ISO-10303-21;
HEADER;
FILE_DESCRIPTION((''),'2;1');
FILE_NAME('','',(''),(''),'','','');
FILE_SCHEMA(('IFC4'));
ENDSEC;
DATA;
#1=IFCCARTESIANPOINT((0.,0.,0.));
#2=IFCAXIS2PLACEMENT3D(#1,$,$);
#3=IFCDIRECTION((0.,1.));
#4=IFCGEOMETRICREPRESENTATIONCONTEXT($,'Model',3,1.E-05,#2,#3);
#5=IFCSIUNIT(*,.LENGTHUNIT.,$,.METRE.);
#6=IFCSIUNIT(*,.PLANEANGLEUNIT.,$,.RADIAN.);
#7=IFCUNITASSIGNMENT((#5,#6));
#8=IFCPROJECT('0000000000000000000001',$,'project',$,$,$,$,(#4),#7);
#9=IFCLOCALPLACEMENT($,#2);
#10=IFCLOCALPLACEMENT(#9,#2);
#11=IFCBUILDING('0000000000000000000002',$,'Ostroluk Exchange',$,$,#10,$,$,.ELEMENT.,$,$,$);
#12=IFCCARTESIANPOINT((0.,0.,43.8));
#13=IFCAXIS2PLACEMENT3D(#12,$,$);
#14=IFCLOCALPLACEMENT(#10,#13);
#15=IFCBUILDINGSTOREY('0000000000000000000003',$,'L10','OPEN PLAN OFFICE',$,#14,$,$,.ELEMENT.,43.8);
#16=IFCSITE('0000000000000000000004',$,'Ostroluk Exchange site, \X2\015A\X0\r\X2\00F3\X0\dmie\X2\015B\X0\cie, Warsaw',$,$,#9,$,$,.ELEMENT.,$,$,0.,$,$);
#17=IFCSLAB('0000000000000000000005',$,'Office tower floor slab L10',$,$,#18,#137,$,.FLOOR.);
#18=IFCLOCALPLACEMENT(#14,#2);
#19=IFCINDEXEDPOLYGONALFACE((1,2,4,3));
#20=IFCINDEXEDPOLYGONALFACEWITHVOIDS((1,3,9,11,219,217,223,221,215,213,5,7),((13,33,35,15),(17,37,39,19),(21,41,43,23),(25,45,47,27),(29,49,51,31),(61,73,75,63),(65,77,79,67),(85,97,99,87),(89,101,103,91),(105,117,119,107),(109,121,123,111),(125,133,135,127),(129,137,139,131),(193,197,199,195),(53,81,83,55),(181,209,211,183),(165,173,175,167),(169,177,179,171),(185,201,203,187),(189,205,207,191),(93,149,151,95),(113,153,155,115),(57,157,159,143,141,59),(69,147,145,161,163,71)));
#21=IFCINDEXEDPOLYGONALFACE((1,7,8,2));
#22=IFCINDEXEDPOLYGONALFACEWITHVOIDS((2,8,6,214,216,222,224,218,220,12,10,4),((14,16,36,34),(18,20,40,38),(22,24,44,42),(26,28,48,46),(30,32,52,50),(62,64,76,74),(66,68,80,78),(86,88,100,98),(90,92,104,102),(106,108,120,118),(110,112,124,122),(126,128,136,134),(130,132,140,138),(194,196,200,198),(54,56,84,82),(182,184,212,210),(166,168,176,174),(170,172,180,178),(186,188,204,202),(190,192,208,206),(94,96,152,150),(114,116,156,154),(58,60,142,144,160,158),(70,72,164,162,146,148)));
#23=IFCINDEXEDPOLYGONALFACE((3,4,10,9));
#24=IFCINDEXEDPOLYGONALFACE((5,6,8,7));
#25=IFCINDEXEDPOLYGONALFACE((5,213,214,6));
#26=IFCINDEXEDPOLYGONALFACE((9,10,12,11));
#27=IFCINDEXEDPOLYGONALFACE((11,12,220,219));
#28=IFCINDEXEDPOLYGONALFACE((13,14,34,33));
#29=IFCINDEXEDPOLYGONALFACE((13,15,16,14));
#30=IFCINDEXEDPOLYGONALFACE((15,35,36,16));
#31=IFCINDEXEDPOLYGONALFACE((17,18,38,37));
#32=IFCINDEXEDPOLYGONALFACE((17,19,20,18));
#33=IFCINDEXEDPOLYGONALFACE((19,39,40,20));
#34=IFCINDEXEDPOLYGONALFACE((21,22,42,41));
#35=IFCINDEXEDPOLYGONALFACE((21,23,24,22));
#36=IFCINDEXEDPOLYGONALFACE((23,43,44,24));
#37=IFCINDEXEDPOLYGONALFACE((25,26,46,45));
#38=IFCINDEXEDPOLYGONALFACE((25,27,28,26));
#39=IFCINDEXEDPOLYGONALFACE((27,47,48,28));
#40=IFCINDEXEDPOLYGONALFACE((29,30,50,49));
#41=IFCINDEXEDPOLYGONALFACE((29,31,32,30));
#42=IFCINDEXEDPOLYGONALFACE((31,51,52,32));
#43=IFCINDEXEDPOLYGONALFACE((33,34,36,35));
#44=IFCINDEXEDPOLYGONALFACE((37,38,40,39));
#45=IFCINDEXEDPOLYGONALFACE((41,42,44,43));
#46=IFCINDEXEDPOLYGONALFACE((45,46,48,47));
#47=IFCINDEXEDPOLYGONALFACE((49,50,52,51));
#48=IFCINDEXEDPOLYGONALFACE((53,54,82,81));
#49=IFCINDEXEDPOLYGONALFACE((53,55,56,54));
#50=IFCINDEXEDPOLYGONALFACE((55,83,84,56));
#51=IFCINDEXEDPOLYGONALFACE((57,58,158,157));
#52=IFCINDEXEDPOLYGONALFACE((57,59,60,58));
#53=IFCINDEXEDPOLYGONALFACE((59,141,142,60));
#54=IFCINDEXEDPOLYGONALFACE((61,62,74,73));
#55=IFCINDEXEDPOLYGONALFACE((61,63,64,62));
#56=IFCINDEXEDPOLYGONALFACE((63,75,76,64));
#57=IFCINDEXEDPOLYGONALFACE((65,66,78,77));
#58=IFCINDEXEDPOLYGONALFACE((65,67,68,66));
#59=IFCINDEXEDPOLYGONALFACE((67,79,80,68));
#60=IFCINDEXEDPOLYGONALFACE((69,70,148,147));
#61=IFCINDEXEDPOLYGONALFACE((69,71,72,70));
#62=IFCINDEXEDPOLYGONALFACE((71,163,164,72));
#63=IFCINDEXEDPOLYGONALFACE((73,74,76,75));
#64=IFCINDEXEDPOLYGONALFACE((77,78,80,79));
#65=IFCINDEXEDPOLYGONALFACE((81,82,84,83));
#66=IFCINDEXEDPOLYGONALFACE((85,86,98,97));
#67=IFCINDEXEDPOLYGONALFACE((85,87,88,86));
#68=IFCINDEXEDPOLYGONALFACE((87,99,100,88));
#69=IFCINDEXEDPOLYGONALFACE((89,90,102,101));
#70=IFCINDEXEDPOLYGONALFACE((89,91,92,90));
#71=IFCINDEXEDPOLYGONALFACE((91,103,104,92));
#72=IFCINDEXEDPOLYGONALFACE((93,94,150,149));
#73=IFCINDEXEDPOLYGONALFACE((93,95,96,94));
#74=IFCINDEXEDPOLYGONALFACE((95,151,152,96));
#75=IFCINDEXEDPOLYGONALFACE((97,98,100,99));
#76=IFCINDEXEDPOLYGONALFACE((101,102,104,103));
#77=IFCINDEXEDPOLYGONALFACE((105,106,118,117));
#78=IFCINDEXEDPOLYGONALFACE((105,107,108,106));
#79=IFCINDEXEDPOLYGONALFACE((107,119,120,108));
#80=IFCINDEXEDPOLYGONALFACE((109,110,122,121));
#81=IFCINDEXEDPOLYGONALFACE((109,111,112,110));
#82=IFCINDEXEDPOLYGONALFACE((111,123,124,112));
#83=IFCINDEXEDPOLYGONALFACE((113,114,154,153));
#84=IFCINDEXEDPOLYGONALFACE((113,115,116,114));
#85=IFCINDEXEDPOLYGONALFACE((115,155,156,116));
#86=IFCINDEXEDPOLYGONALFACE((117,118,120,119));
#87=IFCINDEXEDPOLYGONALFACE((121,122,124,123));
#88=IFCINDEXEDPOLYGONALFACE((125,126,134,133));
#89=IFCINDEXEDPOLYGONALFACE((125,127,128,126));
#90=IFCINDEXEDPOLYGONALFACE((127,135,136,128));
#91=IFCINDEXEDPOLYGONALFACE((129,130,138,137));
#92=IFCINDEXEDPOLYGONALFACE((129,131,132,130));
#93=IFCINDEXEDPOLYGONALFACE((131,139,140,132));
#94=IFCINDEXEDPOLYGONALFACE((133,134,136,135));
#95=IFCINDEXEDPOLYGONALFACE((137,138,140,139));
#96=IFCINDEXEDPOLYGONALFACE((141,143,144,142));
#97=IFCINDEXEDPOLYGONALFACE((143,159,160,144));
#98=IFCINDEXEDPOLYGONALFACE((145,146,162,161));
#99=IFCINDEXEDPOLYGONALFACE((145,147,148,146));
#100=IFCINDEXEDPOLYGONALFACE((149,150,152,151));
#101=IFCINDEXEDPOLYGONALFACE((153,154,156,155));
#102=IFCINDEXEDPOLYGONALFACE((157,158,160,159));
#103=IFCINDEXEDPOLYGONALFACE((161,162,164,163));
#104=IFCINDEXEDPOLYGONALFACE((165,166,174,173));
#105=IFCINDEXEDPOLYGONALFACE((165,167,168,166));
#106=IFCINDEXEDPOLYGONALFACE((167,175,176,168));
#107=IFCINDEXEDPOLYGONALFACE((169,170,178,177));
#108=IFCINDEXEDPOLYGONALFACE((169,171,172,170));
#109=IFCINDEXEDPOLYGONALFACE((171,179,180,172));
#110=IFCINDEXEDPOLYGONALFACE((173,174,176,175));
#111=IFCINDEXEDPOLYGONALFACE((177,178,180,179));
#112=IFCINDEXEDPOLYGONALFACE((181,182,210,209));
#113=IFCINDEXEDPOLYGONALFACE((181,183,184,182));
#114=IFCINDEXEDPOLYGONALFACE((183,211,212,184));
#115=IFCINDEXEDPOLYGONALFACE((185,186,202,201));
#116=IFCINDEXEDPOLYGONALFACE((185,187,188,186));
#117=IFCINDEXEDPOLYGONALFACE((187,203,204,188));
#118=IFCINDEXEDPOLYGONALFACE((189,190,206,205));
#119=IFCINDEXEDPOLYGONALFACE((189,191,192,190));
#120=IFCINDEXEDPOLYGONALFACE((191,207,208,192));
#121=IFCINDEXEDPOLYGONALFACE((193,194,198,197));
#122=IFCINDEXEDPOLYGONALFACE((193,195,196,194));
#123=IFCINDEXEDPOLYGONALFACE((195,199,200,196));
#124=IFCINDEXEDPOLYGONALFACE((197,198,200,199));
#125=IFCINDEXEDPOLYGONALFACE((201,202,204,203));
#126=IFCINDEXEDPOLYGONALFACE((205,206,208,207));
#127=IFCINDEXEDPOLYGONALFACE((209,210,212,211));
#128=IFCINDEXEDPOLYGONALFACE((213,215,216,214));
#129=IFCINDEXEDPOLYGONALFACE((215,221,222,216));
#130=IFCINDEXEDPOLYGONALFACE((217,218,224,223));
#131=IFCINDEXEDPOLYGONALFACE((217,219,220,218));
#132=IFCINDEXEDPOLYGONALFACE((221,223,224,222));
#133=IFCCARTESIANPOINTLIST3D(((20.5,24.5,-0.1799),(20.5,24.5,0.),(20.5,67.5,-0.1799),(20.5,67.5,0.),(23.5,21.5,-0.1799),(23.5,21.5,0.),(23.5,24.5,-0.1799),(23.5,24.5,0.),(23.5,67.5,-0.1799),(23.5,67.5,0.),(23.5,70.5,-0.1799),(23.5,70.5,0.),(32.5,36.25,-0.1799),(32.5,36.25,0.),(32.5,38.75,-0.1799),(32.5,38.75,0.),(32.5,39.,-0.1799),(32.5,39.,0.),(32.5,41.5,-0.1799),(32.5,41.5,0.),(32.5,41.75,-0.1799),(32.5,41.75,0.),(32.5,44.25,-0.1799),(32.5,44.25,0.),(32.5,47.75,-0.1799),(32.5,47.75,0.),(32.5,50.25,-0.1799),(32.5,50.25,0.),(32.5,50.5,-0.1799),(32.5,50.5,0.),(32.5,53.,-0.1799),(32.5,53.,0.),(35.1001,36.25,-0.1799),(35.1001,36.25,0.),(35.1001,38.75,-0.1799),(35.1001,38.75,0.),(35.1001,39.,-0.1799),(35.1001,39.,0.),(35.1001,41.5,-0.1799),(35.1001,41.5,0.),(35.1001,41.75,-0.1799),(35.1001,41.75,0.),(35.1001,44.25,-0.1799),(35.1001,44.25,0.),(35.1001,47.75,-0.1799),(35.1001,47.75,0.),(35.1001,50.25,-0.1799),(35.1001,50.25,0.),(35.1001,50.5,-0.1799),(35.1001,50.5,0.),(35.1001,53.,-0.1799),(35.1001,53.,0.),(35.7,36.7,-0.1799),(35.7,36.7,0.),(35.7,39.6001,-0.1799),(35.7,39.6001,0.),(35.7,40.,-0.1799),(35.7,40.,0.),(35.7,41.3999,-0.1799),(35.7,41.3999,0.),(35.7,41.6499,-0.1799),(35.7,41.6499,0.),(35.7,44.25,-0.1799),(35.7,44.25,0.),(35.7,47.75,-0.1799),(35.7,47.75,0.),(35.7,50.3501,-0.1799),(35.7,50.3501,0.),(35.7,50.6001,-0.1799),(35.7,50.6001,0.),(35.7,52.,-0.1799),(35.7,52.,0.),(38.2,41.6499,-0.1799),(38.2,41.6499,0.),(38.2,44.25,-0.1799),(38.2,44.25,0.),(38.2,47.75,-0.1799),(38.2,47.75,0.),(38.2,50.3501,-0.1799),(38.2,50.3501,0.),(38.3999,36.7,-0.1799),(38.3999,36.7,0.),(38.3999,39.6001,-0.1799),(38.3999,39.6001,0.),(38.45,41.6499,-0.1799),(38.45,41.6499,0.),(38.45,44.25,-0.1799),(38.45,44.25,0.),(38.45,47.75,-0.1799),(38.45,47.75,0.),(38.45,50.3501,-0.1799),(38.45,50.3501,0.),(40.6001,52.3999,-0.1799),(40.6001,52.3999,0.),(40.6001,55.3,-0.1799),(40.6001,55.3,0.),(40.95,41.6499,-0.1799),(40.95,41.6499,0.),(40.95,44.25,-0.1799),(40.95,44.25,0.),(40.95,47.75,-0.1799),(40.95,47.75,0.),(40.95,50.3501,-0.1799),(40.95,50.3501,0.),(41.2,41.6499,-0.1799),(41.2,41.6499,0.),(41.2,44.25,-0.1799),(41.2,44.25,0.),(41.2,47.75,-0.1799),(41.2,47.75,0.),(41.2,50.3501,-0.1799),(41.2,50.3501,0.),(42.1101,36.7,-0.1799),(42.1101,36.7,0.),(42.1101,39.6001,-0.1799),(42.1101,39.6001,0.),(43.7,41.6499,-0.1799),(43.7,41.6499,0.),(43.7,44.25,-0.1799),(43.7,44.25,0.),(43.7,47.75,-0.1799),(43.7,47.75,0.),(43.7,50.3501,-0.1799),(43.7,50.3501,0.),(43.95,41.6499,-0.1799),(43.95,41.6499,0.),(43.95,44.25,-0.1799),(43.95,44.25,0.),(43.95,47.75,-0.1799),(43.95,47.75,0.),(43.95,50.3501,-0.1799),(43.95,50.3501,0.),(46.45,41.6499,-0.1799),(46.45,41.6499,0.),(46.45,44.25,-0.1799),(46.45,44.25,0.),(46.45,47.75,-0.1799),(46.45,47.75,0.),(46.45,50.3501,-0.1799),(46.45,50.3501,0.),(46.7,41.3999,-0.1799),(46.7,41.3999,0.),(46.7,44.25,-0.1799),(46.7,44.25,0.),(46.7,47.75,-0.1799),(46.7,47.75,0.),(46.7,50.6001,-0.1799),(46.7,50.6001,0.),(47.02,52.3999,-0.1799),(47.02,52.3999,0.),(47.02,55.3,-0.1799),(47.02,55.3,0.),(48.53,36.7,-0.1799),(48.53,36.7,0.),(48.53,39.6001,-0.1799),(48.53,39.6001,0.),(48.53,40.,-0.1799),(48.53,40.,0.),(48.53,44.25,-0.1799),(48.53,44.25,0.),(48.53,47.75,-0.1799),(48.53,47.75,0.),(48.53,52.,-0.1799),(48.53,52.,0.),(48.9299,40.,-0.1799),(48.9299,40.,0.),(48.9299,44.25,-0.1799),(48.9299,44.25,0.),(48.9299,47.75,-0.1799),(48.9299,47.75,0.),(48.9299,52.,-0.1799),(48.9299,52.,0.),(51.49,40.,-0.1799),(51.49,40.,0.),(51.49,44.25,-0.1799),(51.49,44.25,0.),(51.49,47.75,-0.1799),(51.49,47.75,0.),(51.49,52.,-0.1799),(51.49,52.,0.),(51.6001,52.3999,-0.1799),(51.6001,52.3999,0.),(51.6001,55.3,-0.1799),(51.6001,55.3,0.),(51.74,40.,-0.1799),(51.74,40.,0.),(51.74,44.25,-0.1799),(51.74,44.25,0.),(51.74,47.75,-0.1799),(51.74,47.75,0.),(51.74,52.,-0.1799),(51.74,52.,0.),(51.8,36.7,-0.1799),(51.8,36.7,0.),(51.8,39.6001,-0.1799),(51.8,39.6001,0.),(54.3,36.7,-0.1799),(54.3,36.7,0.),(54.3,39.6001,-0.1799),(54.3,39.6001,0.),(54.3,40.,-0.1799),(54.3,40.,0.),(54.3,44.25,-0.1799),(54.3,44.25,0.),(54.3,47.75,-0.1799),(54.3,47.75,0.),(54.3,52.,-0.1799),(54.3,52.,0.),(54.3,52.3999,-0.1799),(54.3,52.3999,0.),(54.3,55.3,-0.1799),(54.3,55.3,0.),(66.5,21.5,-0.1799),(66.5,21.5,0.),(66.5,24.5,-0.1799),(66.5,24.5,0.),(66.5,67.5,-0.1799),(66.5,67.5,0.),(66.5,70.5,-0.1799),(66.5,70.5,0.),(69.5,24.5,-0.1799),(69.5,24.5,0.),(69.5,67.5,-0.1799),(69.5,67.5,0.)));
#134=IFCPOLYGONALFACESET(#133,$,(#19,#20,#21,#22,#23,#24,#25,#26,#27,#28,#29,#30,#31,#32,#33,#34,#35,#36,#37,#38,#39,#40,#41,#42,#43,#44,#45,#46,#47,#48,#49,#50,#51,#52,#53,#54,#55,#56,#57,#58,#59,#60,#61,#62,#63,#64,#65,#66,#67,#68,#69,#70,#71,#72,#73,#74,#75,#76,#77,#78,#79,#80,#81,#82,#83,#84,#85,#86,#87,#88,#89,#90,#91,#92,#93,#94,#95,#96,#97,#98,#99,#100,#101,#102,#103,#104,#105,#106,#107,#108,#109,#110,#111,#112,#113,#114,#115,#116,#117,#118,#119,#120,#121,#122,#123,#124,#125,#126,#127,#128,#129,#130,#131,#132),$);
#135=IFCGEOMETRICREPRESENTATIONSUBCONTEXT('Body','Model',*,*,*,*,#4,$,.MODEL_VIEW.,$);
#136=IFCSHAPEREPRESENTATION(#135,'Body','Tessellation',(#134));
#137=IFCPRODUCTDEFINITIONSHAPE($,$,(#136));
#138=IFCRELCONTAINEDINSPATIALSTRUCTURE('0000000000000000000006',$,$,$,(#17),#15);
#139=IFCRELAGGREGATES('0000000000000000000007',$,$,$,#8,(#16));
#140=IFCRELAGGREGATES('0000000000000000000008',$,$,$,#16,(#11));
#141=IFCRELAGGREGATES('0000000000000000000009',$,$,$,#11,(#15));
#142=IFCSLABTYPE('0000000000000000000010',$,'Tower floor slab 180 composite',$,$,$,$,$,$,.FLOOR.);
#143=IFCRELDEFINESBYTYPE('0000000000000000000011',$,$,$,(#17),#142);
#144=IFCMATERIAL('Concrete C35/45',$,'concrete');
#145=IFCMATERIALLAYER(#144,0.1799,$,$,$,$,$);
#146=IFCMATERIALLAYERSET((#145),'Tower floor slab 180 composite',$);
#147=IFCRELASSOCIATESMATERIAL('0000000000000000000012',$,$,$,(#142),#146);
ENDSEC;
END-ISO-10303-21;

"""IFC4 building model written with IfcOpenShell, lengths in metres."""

from ifc_helpers import new_model, si_unit, direction, frame, origin, place, context, subcontext, project, spatial, polyline, outline, extrude, material, layer, layer_set, type_object, element, save


model = new_model("IFC4")

# Units and contexts
model_context = context("Model", 3, precision=1e-05, world=origin(), true_north=direction((0.0, 1.0)))
body_context = subcontext(model_context, "Body", "Model", "MODEL_VIEW")
ifc_project = project(units=[si_unit("LENGTHUNIT", "METRE"), si_unit("PLANEANGLEUNIT", "RADIAN")], contexts=[model_context])

# Site, building, storey
site_placement = place(None, origin())
site = spatial("IfcSite", under=ifc_project, at=site_placement, Name="Ostroluk Exchange site, Śródmieście, Warsaw", CompositionType="ELEMENT", RefElevation=0.0)
building_placement = place(site_placement, origin())
building = spatial("IfcBuilding", under=site, at=building_placement, Name="Ostroluk Exchange", CompositionType="ELEMENT")
storey_placement = place(building_placement, frame((0.0, 0.0, 43.8)))
storey = spatial("IfcBuildingStorey", under=building, at=storey_placement, Name="L10", Description="OPEN PLAN OFFICE", CompositionType="ELEMENT", Elevation=43.8)

# Slab
ifc_material_1 = material(Name="Concrete C35/45", Category="concrete")
ifc_layer_1 = layer(ifc_material_1, 0.1799)
ifc_layer_set_1 = layer_set([ifc_layer_1], Name="Tower floor slab 180 composite")
slab_type_1 = type_object("IfcSlabType", Name="Tower floor slab 180 composite", PredefinedType="FLOOR", material=ifc_layer_set_1)
slab_1_placement = place(storey_placement, frame((0.0, 0.0, -0.1799)))
element("IfcSlab", 1, at=slab_1_placement, inside=storey, type_object=slab_type_1, Name="Office tower floor slab L10", PredefinedType="FLOOR", context=body_context, shape_type="SweptSolid", body=[
    extrude(outline(polyline([(23.5, 21.5), (66.5, 21.5), (66.5, 24.5), (69.5, 24.5), (69.5, 67.5), (66.5, 67.5), (66.5, 70.5), (23.5, 70.5), (23.5, 67.5), (20.5, 67.5), (20.5, 24.5), (23.5, 24.5), (23.5, 21.5)]), holes=[polyline([(35.7, 36.7), (38.3999, 36.7), (38.3999, 39.6001), (35.7, 39.6001), (35.7, 36.7)]), polyline([(42.1101, 36.7), (48.53, 36.7), (48.53, 39.6001), (42.1101, 39.6001), (42.1101, 36.7)]), polyline([(51.8, 36.7), (54.3, 36.7), (54.3, 39.6001), (51.8, 39.6001), (51.8, 36.7)]), polyline([(40.6001, 52.3999), (47.02, 52.3999), (47.02, 55.3), (40.6001, 55.3), (40.6001, 52.3999)]), polyline([(51.6001, 52.3999), (54.3, 52.3999), (54.3, 55.3), (51.6001, 55.3), (51.6001, 52.3999)]), polyline([(35.7, 47.75), (38.2, 47.75), (38.2, 50.3501), (35.7, 50.3501), (35.7, 47.75)]), polyline([(38.45, 47.75), (40.95, 47.75), (40.95, 50.3501), (38.45, 50.3501), (38.45, 47.75)]), polyline([(41.2, 47.75), (43.7, 47.75), (43.7, 50.3501), (41.2, 50.3501), (41.2, 47.75)]), polyline([(43.95, 47.75), (46.45, 47.75), (46.45, 50.3501), (43.95, 50.3501), (43.95, 47.75)]), polyline([(35.7, 41.6499), (38.2, 41.6499), (38.2, 44.25), (35.7, 44.25), (35.7, 41.6499)]), polyline([(38.45, 41.6499), (40.95, 41.6499), (40.95, 44.25), (38.45, 44.25), (38.45, 41.6499)]), polyline([(41.2, 41.6499), (43.7, 41.6499), (43.7, 44.25), (41.2, 44.25), (41.2, 41.6499)]), polyline([(43.95, 41.6499), (46.45, 41.6499), (46.45, 44.25), (43.95, 44.25), (43.95, 41.6499)]), polyline([(48.9299, 47.75), (51.49, 47.75), (51.49, 52.0), (48.9299, 52.0), (48.9299, 47.75)]), polyline([(51.74, 47.75), (54.3, 47.75), (54.3, 52.0), (51.74, 52.0), (51.74, 47.75)]), polyline([(48.9299, 40.0), (51.49, 40.0), (51.49, 44.25), (48.9299, 44.25), (48.9299, 40.0)]), polyline([(51.74, 40.0), (54.3, 40.0), (54.3, 44.25), (51.74, 44.25), (51.74, 40.0)]), polyline([(48.53, 52.0), (48.53, 47.75), (46.7, 47.75), (46.7, 50.6001), (35.7, 50.6001), (35.7, 52.0), (48.53, 52.0)]), polyline([(35.7, 40.0), (35.7, 41.3999), (46.7, 41.3999), (46.7, 44.25), (48.53, 44.25), (48.53, 40.0), (35.7, 40.0)]), polyline([(32.5, 36.25), (35.1001, 36.25), (35.1001, 38.75), (32.5, 38.75), (32.5, 36.25)]), polyline([(32.5, 39.0), (35.1001, 39.0), (35.1001, 41.5), (32.5, 41.5), (32.5, 39.0)]), polyline([(32.5, 41.75), (35.1001, 41.75), (35.1001, 44.25), (32.5, 44.25), (32.5, 41.75)]), polyline([(32.5, 47.75), (35.1001, 47.75), (35.1001, 50.25), (32.5, 50.25), (32.5, 47.75)]), polyline([(32.5, 50.5), (35.1001, 50.5), (35.1001, 53.0), (32.5, 53.0), (32.5, 50.5)])]), origin(), (0.0, 0.0, 1.0), 0.1799),
])

save(model, "model.ifc")
